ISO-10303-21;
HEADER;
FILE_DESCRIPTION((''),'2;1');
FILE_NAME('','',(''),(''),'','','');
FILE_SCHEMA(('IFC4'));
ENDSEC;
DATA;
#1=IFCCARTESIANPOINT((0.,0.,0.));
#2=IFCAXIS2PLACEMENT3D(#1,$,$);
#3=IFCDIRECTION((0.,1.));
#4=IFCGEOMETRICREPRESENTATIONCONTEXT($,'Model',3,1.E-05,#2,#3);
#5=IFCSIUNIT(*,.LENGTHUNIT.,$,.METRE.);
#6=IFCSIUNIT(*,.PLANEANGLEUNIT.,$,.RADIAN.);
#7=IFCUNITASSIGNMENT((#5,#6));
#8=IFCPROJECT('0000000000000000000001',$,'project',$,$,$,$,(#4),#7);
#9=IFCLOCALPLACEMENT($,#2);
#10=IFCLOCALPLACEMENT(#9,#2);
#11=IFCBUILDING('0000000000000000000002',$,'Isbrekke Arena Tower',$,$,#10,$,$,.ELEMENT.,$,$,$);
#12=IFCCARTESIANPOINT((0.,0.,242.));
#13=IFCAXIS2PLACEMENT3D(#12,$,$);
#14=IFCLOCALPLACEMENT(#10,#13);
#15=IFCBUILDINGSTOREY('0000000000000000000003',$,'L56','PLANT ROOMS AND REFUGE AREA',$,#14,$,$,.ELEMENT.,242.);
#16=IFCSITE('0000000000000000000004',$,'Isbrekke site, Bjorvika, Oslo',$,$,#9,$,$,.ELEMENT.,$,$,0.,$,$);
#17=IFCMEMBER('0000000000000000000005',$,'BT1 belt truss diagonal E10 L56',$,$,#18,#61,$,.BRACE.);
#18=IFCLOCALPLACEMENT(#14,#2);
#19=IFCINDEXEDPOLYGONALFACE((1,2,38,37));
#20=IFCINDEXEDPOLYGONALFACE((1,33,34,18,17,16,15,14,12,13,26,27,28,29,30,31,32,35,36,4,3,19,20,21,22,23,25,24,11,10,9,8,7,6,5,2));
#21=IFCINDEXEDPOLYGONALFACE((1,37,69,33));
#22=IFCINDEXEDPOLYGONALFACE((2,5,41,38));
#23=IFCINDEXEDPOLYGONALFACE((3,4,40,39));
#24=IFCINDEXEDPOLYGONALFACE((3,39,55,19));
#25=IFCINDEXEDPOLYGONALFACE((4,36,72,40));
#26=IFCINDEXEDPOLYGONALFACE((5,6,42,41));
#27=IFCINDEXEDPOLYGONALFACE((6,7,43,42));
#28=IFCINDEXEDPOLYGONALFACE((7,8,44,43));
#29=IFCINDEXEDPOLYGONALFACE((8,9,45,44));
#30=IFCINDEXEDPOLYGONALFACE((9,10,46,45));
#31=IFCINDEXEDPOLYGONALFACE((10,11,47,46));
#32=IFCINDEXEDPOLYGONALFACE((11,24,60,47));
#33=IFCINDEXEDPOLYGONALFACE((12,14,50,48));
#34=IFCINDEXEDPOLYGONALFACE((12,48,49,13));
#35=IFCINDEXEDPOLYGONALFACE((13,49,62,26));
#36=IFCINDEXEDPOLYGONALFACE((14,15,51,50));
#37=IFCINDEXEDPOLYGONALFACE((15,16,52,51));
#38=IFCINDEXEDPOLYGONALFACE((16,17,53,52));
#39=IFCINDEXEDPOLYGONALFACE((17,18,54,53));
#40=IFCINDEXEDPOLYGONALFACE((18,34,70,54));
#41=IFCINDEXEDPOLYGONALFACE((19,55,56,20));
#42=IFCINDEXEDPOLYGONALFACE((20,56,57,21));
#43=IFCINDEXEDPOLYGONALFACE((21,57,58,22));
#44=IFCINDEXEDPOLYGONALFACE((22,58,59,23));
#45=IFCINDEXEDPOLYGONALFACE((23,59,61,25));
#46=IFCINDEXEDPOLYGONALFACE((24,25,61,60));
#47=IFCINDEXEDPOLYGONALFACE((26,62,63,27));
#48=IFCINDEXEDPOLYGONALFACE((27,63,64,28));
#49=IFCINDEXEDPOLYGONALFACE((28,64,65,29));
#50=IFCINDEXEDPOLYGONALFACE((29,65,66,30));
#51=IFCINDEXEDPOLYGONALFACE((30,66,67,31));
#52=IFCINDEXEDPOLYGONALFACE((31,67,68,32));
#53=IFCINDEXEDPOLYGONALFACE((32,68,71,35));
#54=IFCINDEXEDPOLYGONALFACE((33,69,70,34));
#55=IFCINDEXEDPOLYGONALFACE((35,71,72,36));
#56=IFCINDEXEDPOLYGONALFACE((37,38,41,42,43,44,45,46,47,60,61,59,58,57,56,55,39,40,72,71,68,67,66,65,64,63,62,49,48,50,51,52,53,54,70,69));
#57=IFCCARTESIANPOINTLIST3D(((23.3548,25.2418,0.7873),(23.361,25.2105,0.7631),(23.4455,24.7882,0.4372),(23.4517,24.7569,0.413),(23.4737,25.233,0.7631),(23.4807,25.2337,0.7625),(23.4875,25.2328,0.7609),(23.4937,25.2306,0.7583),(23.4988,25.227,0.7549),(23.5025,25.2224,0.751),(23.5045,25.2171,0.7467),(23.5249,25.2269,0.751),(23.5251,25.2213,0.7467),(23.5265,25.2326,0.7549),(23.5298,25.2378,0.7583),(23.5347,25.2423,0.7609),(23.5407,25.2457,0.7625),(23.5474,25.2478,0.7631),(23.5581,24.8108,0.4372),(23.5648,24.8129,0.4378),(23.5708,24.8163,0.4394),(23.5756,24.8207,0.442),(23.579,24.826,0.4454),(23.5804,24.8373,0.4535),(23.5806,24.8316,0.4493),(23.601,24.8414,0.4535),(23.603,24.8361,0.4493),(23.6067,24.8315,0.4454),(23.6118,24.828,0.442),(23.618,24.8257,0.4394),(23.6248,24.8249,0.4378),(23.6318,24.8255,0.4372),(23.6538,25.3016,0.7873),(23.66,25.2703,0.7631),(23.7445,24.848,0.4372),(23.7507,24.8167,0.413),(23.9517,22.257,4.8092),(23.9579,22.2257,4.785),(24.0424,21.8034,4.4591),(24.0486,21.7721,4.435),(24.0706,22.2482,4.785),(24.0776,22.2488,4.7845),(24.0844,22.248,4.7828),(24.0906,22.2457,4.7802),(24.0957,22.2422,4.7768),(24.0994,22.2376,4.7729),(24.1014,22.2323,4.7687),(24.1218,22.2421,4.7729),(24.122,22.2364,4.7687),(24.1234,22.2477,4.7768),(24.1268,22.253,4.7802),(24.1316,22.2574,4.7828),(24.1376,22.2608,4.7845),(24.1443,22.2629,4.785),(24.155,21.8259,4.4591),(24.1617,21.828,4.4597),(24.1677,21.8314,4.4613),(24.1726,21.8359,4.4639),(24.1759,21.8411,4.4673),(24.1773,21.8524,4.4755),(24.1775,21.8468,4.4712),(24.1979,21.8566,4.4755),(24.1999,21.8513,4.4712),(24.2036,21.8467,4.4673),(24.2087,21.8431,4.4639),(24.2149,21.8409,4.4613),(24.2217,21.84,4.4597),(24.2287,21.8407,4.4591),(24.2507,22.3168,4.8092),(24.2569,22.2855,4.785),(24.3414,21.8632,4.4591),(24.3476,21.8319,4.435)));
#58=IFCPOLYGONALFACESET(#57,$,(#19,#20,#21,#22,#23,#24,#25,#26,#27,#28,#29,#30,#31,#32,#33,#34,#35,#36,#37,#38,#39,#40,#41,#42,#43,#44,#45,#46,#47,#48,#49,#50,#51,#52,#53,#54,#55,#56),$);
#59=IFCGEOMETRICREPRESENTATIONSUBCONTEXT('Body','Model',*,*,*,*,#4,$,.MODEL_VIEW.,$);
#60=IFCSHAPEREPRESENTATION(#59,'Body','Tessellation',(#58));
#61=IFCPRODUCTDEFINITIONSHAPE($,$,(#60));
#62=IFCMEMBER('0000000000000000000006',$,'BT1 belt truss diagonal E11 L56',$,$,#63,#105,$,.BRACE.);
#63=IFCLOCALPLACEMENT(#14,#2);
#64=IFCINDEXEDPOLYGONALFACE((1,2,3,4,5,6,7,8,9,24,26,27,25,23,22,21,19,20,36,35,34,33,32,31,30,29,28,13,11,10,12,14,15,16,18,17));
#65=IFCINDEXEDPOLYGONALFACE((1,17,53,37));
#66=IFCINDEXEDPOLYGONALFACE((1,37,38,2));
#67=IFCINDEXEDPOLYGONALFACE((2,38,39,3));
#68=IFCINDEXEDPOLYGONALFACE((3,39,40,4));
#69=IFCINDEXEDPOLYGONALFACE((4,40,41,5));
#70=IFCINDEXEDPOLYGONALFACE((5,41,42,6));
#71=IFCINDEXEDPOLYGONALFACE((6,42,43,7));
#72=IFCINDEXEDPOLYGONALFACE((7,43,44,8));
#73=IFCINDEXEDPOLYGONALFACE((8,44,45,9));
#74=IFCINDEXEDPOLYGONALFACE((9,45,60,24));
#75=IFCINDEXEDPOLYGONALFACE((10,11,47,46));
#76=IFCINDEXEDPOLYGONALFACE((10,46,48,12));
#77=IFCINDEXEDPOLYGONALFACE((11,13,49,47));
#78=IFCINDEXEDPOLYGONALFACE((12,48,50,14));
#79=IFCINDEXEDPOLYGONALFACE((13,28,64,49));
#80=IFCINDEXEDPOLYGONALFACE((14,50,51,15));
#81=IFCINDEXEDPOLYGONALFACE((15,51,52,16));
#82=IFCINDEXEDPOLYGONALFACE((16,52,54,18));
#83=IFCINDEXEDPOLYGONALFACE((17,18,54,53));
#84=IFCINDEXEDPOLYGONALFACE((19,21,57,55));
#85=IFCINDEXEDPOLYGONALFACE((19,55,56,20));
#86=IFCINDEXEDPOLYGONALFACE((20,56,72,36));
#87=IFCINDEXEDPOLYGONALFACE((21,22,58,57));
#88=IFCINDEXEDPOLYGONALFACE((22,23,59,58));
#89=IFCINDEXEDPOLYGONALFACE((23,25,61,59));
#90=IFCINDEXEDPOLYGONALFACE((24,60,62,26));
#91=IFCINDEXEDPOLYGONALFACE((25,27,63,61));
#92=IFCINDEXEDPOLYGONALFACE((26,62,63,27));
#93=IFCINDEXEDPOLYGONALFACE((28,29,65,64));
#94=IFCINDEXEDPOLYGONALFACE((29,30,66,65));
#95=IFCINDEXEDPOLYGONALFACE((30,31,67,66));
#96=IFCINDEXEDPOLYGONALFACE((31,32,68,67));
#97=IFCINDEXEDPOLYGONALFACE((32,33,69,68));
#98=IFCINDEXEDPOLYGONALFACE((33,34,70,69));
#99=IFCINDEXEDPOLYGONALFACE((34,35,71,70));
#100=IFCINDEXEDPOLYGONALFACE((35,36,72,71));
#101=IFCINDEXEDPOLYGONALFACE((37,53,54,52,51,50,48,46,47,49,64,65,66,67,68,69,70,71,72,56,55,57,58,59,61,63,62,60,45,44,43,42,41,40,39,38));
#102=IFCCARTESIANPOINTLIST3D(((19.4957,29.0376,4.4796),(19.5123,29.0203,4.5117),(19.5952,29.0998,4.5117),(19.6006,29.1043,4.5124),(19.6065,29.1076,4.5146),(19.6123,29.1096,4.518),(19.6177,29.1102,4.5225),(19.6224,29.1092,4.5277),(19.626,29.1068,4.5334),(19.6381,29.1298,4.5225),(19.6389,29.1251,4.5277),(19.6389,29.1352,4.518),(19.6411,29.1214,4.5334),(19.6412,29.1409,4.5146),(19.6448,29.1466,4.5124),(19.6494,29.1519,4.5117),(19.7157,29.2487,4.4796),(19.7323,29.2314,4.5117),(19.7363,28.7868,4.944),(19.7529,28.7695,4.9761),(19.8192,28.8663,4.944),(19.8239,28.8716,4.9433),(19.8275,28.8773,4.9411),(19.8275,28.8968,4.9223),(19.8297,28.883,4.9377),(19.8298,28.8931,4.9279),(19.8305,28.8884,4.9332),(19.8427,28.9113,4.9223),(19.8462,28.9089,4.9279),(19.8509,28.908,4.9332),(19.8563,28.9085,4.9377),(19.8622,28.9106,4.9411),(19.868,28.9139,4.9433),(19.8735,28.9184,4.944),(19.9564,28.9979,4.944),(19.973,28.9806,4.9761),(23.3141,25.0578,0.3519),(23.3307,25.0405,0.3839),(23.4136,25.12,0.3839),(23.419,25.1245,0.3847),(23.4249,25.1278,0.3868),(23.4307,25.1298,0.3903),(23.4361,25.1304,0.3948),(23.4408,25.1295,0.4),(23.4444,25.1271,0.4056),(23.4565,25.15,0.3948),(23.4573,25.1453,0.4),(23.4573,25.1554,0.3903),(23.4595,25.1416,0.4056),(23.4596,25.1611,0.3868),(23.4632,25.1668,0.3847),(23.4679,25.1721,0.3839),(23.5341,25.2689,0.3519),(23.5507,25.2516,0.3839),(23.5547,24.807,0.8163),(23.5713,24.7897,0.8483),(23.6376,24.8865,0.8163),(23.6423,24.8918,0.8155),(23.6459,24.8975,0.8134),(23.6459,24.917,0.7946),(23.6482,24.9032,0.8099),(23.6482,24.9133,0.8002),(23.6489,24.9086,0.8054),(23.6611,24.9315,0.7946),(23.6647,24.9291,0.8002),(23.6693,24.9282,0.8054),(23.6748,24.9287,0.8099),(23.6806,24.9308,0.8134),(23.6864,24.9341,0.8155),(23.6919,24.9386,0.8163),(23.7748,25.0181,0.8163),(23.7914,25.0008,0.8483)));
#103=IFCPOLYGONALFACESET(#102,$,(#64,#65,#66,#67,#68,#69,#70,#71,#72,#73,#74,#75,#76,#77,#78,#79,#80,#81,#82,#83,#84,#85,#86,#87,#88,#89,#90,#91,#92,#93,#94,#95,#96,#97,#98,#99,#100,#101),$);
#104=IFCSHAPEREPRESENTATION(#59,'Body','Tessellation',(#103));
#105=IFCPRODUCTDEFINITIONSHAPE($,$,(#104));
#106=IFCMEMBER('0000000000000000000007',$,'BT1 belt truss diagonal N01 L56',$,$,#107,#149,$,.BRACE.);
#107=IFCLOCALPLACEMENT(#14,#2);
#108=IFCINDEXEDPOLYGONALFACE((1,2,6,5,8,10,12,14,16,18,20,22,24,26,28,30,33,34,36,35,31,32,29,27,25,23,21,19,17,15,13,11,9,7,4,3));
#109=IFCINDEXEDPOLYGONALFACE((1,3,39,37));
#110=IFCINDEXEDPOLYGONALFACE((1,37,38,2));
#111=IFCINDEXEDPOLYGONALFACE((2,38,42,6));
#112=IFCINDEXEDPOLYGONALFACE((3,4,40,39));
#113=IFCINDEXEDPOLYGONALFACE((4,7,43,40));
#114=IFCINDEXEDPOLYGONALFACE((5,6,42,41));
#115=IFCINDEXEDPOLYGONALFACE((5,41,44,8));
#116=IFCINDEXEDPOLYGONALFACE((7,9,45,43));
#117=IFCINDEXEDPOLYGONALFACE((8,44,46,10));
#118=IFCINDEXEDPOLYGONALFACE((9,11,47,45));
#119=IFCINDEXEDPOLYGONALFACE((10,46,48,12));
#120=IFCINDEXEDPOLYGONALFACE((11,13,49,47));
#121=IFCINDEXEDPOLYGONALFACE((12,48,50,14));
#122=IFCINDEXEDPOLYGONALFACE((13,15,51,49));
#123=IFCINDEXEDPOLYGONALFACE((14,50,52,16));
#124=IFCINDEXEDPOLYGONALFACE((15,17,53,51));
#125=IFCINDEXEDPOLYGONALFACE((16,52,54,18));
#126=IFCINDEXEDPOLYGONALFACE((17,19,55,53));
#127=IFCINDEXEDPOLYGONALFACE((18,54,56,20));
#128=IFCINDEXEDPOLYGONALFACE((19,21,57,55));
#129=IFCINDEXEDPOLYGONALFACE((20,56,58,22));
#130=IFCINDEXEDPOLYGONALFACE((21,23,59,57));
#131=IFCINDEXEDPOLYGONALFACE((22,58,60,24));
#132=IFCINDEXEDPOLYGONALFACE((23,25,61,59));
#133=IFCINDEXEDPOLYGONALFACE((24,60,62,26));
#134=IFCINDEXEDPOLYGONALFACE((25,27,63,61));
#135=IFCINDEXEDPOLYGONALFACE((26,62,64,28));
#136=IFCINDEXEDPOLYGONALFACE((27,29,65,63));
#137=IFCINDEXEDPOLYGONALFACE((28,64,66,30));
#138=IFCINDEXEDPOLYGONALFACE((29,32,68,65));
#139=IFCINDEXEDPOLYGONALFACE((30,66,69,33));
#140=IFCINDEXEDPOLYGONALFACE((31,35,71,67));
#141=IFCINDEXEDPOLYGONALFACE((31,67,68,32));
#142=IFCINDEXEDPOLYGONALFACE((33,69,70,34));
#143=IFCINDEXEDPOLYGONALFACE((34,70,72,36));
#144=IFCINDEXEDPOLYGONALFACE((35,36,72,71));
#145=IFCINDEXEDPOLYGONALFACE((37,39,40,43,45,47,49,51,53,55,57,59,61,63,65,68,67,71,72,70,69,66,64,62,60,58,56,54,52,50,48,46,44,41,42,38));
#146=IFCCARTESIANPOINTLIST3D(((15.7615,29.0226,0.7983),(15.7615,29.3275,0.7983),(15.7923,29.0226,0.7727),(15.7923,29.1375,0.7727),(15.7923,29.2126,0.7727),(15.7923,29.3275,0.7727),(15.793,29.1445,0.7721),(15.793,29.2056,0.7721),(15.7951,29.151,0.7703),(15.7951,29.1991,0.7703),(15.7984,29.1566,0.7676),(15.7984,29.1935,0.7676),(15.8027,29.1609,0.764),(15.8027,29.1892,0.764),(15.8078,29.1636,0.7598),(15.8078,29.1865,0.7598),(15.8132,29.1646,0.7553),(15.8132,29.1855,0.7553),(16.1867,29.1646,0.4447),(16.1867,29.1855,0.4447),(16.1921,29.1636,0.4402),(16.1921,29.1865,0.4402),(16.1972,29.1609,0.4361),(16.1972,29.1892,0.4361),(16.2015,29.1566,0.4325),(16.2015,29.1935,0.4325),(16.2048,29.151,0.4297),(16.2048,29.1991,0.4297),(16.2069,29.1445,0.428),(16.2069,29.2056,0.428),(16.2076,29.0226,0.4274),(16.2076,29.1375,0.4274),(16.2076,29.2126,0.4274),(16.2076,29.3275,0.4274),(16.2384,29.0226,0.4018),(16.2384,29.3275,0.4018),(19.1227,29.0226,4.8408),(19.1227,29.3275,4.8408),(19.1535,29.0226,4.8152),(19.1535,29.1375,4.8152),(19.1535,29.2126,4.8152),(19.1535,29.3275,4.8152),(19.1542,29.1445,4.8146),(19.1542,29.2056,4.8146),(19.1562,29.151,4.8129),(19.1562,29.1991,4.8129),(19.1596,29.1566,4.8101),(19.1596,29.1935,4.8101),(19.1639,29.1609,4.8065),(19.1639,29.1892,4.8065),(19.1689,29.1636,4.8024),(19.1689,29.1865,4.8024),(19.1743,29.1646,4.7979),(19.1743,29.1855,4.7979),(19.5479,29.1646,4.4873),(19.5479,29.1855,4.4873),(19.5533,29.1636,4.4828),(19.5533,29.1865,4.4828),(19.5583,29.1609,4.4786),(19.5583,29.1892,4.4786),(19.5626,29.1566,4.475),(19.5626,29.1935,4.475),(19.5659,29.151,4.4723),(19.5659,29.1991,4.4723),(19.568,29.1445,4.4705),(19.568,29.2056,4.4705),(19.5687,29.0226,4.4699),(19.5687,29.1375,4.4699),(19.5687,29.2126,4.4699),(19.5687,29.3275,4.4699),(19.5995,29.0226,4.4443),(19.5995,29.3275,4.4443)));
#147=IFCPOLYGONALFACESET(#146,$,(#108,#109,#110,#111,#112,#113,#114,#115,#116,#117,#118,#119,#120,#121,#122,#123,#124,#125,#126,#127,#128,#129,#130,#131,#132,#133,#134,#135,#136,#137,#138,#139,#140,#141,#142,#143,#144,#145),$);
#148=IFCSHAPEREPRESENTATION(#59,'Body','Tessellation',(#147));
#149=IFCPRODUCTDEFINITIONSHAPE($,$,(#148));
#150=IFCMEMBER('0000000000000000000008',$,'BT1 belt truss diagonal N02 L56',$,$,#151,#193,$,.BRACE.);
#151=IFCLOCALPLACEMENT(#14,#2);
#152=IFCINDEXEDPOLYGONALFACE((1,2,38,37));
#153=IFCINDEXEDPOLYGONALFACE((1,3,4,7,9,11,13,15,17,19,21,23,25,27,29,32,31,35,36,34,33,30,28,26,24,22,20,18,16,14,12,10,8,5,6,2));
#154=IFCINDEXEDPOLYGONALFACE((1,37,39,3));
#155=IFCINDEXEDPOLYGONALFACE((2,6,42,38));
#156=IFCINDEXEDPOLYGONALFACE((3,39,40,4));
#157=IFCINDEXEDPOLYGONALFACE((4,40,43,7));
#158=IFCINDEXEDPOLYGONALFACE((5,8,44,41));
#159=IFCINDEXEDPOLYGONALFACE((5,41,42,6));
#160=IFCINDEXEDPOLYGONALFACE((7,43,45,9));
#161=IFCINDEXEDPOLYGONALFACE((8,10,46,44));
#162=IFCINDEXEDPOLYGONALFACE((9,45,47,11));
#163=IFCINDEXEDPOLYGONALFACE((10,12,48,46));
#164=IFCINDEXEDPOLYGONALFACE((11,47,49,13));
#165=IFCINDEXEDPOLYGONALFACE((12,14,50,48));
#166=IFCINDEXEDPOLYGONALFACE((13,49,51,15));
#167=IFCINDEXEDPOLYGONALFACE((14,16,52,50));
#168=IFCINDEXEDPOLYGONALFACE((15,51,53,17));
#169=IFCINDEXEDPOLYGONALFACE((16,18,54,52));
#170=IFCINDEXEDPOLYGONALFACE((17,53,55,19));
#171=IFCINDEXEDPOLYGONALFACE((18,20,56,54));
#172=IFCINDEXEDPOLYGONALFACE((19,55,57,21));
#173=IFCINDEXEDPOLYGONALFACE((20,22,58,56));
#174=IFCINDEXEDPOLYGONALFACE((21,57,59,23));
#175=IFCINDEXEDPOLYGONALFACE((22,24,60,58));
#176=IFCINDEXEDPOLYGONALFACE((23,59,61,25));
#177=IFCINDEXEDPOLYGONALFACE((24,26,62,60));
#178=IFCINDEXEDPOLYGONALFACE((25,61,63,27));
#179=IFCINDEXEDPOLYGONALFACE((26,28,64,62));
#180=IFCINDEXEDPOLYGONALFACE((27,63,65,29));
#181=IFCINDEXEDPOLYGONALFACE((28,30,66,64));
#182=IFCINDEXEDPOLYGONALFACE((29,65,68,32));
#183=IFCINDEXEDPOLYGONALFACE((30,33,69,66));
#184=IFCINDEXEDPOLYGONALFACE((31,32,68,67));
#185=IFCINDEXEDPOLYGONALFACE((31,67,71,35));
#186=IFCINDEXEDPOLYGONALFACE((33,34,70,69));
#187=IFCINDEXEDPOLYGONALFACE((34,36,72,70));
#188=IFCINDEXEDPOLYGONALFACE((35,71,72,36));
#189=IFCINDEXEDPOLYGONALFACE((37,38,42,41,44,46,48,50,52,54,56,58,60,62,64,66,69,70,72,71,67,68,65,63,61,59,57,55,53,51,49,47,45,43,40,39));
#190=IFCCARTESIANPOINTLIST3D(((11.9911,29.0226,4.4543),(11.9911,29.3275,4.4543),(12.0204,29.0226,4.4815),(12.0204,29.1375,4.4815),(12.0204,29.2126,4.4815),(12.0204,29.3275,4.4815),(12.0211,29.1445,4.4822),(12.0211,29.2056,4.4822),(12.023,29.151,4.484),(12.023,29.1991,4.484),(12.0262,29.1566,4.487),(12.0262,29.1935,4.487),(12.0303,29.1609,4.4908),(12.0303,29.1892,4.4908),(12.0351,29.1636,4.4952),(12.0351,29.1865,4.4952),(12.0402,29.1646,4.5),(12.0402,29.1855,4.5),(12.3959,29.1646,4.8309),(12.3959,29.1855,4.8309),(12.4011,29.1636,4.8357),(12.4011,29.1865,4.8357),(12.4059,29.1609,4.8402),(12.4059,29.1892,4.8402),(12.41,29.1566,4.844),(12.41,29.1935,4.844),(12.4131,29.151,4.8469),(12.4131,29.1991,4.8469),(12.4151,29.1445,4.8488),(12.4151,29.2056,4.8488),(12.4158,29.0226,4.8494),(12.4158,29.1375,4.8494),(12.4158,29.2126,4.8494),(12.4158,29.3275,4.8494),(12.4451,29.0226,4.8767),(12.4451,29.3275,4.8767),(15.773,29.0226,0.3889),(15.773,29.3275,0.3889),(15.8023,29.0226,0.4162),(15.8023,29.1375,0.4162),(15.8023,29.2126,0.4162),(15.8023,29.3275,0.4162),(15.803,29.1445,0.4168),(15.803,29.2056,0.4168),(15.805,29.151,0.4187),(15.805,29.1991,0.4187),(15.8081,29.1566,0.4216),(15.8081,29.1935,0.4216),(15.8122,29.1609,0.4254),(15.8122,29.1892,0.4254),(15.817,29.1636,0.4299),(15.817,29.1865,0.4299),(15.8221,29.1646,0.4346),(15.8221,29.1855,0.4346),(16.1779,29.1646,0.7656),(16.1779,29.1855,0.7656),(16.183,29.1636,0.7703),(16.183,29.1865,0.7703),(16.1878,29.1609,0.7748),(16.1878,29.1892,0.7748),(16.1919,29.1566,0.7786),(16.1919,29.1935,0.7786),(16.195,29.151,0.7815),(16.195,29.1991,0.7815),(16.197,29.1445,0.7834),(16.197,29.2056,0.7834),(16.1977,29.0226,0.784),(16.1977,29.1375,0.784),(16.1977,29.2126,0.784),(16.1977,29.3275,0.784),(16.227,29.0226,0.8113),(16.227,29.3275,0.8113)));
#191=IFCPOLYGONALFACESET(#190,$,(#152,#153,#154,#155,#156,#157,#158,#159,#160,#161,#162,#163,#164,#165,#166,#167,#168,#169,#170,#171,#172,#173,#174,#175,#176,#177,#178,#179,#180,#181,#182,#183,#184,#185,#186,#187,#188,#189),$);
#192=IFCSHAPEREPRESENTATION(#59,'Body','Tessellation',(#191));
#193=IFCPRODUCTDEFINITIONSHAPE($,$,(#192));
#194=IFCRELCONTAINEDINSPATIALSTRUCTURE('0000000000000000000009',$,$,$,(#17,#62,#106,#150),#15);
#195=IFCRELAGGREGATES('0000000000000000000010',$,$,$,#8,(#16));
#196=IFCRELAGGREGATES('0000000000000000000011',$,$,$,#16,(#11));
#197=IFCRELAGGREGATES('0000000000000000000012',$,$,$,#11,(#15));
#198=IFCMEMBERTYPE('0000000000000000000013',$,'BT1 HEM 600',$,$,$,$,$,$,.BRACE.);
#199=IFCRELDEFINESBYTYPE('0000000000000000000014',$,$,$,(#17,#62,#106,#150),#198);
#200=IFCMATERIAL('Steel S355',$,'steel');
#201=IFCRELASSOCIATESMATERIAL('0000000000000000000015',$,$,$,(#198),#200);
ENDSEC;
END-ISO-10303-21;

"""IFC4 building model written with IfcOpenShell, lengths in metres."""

from ifc_helpers import new_model, si_unit, direction, frame, origin, origin_2d, place, context, subcontext, project, spatial, i_section, extrude, material, material_profile, profile_set, type_object, element, save


model = new_model("IFC4")

# Units and contexts
model_context = context("Model", 3, precision=1e-05, world=origin(), true_north=direction((0.0, 1.0)))
body_context = subcontext(model_context, "Body", "Model", "MODEL_VIEW")
ifc_project = project(units=[si_unit("LENGTHUNIT", "METRE"), si_unit("PLANEANGLEUNIT", "RADIAN")], contexts=[model_context])

# Site, building, storey
site_placement = place(None, origin())
site = spatial("IfcSite", under=ifc_project, at=site_placement, Name="Isbrekke site, Bjorvika, Oslo", CompositionType="ELEMENT", RefElevation=0.0)
building_placement = place(site_placement, origin())
building = spatial("IfcBuilding", under=site, at=building_placement, Name="Isbrekke Arena Tower", CompositionType="ELEMENT")
storey_placement = place(building_placement, frame((0.0, 0.0, 242.0)))
storey = spatial("IfcBuildingStorey", under=building, at=storey_placement, Name="L56", Description="PLANT ROOMS AND REFUGE AREA", CompositionType="ELEMENT", Elevation=242.0)

# Members
ifc_material_1 = material(Name="Steel S355", Category="steel")
ifc_material_profile_1 = material_profile(ifc_material_1, i_section(OverallWidth=0.3049, OverallDepth=0.6201, WebThickness=0.021, FlangeThickness=0.04, FilletRadius=0.0271, at=origin_2d()), Name="HEM 600")
ifc_profile_set_1 = profile_set([ifc_material_profile_1], Name="Steel S355")
member_type_1 = type_object("IfcMemberType", Name="BT1 HEM 600", PredefinedType="BRACE", material=ifc_profile_set_1)
member_1_placement = place(storey_placement, frame((24.1497, 22.0444, 4.6221), z_axis=(-0.118343, 0.591764, -0.797377), x_axis=(-0.980584, -0.196101, 0.0)))
element("IfcMember", 1, at=member_1_placement, inside=storey, type_object=member_type_1, Name="BT1 belt truss diagonal E10 L56", PredefinedType="BRACE", context=body_context, shape_type="SweptSolid", body=[
    extrude(i_section(OverallWidth=0.3049, OverallDepth=0.6201, WebThickness=0.021, FlangeThickness=0.04, FilletRadius=0.0271, at=origin_2d()), origin(), (0.0, 0.0, 1.0), 5.0439),
])
member_2_placement = place(storey_placement, frame((23.5527, 25.0293, 0.6001), z_axis=(-0.554283, 0.577709, 0.599185), x_axis=(-0.721585, -0.692325, 0.0)))
element("IfcMember", 2, at=member_2_placement, inside=storey, type_object=member_type_1, Name="BT1 belt truss diagonal E11 L56", PredefinedType="BRACE", context=body_context, shape_type="SweptSolid", body=[
    extrude(i_section(OverallWidth=0.3049, OverallDepth=0.6201, WebThickness=0.021, FlangeThickness=0.04, FilletRadius=0.0271, at=origin_2d()), origin(), (0.0, 0.0, 1.0), 6.8889),
])
member_3_placement = place(storey_placement, frame((19.3611, 29.175, 4.6426), z_axis=(-0.639325, 0.0, -0.768936), x_axis=(0.0, -1.0, 0.0)))
element("IfcMember", 3, at=member_3_placement, inside=storey, type_object=member_type_1, Name="BT1 belt truss diagonal N01 L56", PredefinedType="BRACE", context=body_context, shape_type="SweptSolid", body=[
    extrude(i_section(OverallWidth=0.3049, OverallDepth=0.6201, WebThickness=0.021, FlangeThickness=0.04, FilletRadius=0.0271, at=origin_2d()), origin(), (0.0, 0.0, 1.0), 5.2573),
])
member_4_placement = place(storey_placement, frame((16.0, 29.175, 0.6001), z_axis=(-0.681122, 0.0, 0.73217), x_axis=(0.0, -1.0, 0.0)))
element("IfcMember", 4, at=member_4_placement, inside=storey, type_object=member_type_1, Name="BT1 belt truss diagonal N02 L56", PredefinedType="BRACE", context=body_context, shape_type="SweptSolid", body=[
    extrude(i_section(OverallWidth=0.3049, OverallDepth=0.6201, WebThickness=0.021, FlangeThickness=0.04, FilletRadius=0.0271, at=origin_2d()), origin(), (0.0, 0.0, 1.0), 5.5525),
])

save(model, "model.ifc")
